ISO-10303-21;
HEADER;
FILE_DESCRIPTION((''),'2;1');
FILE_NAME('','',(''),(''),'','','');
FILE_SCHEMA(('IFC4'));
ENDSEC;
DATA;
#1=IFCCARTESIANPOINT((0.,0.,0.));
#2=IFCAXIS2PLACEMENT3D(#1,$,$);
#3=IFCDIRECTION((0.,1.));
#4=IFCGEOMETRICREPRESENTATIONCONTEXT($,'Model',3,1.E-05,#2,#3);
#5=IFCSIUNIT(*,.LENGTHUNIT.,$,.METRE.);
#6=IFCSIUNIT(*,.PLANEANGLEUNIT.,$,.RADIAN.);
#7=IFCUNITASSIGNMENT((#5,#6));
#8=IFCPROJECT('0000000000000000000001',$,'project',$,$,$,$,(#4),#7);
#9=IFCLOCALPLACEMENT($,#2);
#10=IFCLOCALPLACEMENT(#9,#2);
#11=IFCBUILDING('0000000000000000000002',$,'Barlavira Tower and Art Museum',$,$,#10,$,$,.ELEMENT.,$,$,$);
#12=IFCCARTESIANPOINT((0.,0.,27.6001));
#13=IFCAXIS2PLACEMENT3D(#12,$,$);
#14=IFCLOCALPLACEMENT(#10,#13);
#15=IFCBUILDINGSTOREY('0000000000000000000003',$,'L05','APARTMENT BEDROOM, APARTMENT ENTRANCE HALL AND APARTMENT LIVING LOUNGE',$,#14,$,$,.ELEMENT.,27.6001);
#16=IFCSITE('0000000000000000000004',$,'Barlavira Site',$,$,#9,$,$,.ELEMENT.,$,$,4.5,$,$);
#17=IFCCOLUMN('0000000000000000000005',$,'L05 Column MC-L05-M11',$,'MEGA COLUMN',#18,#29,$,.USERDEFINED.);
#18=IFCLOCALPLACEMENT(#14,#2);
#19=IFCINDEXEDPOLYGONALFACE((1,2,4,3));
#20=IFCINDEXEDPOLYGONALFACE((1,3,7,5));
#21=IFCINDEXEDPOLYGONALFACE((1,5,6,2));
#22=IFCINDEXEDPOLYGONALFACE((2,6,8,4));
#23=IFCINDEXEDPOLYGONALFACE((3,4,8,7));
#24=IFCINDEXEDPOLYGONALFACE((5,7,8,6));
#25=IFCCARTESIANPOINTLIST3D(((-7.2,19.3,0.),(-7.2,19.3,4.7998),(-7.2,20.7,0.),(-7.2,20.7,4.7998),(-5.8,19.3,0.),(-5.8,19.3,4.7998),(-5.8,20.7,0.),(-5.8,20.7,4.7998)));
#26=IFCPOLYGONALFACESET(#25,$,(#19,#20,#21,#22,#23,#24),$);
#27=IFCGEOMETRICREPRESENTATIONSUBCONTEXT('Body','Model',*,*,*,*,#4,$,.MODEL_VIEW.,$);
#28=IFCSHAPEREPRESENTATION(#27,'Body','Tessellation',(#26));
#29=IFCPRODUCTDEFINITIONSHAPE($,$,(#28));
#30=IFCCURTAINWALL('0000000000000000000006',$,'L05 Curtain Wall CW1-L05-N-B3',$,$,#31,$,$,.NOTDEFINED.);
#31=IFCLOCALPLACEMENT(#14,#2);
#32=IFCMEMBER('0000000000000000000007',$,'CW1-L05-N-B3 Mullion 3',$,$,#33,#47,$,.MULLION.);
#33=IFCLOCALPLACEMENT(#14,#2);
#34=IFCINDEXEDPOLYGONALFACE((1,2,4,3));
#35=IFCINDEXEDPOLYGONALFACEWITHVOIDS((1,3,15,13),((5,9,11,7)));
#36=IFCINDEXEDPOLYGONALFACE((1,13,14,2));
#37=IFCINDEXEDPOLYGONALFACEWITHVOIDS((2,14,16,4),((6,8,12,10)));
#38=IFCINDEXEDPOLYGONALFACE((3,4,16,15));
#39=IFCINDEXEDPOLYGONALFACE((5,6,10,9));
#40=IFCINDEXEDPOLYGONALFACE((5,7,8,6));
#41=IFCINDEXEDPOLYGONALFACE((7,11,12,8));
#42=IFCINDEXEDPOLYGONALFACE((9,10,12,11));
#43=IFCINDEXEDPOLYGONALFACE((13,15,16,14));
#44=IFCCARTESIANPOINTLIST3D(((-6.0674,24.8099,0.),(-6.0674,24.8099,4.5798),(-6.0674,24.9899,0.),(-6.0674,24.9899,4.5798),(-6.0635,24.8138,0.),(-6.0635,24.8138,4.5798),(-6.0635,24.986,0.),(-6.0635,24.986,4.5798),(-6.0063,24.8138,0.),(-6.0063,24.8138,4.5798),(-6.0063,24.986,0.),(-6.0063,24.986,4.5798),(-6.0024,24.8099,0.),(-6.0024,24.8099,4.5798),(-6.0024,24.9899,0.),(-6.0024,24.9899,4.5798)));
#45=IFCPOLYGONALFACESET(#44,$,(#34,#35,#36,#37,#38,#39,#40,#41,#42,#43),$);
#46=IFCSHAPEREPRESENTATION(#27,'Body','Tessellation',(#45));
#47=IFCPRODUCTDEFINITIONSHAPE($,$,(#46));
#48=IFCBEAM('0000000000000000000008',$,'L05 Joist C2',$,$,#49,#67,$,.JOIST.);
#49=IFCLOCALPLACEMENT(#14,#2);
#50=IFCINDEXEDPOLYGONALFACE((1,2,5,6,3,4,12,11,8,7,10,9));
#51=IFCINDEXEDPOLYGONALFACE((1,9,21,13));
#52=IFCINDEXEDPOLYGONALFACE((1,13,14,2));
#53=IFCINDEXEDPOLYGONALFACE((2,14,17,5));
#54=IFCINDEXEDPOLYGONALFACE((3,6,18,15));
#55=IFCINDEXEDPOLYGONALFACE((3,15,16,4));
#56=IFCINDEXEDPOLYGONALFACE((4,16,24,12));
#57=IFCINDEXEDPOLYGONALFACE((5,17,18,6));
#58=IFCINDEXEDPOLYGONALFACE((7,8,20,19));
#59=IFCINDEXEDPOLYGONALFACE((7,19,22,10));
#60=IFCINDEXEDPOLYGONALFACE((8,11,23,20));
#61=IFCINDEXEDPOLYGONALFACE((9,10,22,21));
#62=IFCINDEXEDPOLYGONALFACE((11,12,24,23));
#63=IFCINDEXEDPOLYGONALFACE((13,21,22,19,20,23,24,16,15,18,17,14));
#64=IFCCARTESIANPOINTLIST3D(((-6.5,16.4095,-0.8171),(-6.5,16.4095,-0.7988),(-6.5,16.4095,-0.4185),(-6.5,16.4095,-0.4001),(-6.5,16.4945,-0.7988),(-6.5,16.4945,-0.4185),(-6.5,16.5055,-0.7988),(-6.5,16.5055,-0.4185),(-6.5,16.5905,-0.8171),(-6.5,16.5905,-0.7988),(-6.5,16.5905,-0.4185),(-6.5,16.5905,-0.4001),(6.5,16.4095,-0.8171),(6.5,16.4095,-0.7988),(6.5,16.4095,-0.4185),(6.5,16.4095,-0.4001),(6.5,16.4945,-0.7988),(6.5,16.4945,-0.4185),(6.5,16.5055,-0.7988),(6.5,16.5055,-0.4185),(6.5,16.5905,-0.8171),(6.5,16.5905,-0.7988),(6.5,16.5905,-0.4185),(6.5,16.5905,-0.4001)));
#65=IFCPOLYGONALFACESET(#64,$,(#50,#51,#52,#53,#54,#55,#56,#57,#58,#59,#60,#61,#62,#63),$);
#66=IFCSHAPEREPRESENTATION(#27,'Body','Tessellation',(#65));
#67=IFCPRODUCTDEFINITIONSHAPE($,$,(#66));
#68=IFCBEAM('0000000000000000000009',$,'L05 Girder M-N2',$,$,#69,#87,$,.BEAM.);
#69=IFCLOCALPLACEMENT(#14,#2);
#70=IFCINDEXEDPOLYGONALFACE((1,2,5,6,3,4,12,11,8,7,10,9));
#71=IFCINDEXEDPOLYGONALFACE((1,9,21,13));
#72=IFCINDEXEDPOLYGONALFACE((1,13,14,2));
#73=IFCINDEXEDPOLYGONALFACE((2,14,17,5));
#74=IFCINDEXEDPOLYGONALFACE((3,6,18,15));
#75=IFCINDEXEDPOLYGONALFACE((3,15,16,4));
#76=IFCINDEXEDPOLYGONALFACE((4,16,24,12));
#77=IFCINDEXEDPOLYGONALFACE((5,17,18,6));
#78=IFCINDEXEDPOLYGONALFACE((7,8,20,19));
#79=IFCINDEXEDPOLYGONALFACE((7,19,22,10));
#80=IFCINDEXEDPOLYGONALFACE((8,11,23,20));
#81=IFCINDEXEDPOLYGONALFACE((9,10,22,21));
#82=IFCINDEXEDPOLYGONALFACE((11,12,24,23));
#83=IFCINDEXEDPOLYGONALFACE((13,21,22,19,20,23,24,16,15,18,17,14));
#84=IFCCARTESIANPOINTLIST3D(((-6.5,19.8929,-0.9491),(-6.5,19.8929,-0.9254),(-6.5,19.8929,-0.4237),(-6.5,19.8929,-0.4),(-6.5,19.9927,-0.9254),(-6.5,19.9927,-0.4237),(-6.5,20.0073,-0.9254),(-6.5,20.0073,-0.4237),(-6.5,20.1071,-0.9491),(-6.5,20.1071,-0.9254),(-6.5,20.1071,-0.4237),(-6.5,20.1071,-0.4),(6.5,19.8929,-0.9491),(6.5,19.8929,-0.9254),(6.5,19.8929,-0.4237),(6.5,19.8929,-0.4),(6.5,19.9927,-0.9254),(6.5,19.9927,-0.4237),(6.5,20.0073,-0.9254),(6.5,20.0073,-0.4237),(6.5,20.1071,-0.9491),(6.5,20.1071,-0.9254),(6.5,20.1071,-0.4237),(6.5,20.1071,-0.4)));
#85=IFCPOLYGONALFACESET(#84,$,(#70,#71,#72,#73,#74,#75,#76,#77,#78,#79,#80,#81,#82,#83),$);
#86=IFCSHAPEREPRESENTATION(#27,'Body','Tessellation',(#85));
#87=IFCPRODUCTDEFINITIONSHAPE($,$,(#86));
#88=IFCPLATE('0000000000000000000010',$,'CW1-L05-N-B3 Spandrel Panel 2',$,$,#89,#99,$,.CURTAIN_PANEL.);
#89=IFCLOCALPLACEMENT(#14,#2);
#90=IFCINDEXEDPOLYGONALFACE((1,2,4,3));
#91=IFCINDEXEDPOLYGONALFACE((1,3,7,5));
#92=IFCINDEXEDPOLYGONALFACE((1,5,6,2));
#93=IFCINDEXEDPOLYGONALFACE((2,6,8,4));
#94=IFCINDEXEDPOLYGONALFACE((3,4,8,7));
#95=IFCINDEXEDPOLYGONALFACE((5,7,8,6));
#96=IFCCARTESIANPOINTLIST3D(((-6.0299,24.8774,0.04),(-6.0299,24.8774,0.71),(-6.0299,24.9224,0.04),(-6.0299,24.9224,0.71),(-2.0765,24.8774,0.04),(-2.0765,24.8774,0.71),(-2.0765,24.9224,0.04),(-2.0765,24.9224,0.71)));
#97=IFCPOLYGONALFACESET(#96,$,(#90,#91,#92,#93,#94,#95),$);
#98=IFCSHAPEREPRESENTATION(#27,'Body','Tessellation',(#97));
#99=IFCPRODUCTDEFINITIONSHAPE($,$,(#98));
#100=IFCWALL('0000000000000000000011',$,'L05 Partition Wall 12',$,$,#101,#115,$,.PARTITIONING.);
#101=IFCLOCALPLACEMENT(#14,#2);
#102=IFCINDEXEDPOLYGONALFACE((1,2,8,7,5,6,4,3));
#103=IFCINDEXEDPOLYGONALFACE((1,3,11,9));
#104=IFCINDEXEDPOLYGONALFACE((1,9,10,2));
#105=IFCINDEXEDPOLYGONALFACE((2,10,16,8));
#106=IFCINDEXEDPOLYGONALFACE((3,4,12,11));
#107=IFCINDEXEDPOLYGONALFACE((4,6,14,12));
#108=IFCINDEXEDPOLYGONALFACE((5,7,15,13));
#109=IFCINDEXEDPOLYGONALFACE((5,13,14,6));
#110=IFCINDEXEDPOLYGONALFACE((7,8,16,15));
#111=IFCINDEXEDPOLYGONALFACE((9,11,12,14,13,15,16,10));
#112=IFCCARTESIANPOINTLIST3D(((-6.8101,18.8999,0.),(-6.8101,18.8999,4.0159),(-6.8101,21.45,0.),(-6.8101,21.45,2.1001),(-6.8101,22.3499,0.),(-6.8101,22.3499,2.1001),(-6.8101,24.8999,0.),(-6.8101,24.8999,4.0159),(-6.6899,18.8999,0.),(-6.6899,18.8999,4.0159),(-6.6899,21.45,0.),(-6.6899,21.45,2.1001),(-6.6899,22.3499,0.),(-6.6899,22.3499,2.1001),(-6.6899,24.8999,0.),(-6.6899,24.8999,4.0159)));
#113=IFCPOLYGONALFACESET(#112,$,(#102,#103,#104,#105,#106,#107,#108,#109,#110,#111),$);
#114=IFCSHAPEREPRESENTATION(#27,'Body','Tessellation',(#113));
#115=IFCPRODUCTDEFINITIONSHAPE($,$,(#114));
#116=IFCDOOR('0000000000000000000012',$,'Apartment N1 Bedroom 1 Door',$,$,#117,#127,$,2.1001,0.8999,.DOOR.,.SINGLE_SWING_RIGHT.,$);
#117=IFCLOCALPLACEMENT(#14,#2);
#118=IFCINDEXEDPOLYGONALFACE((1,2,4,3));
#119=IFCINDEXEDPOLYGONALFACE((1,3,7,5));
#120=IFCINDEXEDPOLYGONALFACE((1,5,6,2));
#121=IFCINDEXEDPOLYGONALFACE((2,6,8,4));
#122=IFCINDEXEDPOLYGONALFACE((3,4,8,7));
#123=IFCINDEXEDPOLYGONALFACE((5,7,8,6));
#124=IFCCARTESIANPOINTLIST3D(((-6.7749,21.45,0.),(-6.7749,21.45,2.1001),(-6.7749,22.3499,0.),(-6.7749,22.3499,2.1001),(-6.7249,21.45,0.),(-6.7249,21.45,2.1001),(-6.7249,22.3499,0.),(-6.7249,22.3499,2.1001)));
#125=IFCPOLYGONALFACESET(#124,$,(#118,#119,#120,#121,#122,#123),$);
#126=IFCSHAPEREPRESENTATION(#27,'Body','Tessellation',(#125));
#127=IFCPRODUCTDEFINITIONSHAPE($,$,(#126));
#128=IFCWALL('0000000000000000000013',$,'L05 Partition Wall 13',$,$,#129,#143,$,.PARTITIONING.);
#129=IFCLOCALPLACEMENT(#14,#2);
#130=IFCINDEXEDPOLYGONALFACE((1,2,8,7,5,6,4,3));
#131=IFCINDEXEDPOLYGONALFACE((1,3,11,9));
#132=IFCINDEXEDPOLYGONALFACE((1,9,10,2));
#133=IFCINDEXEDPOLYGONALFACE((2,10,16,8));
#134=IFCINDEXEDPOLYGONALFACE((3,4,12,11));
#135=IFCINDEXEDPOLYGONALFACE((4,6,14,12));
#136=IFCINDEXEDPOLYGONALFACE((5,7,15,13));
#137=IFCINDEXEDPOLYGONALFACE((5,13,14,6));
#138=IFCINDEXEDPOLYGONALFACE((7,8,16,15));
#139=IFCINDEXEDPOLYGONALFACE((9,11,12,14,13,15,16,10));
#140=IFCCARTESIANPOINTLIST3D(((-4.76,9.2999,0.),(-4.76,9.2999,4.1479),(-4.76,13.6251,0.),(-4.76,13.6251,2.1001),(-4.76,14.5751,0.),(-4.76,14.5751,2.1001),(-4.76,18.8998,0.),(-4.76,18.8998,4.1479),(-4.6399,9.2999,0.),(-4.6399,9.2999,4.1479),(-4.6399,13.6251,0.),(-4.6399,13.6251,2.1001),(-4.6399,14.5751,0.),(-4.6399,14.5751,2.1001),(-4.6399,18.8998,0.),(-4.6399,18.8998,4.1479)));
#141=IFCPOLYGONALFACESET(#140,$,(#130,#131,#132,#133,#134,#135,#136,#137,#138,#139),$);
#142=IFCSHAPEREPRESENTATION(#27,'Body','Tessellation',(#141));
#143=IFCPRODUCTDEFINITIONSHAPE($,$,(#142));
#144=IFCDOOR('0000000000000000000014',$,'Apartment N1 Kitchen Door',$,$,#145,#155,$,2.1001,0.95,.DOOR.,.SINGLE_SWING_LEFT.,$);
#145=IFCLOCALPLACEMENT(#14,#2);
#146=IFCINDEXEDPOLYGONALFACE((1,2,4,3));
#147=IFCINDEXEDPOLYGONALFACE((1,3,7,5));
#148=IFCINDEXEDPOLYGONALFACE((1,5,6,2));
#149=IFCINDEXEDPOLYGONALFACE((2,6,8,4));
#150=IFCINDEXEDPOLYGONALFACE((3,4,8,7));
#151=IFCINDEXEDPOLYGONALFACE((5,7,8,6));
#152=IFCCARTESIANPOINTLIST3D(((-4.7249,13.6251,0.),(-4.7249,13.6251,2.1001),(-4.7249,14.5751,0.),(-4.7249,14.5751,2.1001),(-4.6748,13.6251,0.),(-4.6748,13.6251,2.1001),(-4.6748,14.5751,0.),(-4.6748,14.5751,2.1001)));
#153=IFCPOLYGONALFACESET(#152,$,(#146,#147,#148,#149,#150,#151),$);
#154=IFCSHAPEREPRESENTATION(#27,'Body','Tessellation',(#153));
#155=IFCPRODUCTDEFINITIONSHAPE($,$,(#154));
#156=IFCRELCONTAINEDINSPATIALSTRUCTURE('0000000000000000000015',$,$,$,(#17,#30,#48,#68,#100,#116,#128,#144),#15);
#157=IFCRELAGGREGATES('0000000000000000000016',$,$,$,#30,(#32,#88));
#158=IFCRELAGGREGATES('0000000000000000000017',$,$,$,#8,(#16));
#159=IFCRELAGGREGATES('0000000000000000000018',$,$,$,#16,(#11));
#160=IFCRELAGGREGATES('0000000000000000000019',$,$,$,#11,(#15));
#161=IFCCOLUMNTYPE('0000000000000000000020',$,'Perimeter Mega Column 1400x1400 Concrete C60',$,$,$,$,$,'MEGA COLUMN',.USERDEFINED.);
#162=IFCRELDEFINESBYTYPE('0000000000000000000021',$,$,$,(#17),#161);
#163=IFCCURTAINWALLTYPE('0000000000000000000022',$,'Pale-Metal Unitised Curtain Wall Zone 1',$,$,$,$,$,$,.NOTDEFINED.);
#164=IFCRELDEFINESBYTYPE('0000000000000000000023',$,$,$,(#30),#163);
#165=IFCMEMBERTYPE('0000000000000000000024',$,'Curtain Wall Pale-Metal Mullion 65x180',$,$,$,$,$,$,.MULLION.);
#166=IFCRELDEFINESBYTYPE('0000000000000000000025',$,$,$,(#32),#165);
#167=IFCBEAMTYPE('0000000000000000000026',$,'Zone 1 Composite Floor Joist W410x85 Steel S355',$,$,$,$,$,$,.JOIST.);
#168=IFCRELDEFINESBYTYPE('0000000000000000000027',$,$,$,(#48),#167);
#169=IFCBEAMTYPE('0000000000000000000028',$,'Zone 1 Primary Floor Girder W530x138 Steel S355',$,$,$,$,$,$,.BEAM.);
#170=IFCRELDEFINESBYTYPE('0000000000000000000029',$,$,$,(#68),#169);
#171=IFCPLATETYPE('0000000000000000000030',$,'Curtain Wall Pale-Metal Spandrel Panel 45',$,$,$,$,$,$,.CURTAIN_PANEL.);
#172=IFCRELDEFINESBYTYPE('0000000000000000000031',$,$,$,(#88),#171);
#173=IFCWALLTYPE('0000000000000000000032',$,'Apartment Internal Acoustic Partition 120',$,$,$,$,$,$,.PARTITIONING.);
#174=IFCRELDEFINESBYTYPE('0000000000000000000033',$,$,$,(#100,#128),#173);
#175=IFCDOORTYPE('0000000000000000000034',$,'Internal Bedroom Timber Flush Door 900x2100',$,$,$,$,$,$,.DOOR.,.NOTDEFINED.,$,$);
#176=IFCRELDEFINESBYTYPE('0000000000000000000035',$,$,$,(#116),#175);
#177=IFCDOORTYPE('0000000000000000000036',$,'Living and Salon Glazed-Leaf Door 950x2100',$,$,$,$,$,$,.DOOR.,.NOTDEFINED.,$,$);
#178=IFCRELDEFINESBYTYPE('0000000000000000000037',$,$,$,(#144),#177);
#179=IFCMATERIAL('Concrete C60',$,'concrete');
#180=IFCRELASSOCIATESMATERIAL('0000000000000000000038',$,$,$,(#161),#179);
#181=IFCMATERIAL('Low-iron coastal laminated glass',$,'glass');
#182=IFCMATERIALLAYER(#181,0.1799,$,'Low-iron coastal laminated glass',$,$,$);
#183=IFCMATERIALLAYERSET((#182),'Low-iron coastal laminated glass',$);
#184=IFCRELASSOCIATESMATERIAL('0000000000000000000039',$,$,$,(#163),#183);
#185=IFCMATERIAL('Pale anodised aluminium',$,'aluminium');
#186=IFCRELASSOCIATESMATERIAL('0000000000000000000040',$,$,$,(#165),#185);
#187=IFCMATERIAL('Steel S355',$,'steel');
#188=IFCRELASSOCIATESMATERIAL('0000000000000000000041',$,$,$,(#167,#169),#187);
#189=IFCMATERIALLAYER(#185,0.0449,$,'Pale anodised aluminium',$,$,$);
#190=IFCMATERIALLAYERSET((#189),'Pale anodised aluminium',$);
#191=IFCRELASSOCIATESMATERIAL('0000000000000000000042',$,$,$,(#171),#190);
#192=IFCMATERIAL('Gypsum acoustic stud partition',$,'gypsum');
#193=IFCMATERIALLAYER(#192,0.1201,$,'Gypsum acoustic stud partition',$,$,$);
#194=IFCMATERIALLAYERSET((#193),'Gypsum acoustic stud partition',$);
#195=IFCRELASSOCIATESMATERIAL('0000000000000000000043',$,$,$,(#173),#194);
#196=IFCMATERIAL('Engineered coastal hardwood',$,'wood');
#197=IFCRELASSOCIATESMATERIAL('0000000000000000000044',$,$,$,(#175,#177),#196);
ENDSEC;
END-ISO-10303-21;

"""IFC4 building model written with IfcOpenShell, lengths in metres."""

from ifc_helpers import new_model, si_unit, direction, frame, frame_2d, origin, origin_2d, place, context, subcontext, project, spatial, rectangle, hollow_rectangle, i_section, extrude, material, layer, layer_set, material_profile, profile_set, type_object, element, fill, aggregate, save


model = new_model("IFC4")

# Units and contexts
model_context = context("Model", 3, precision=1e-05, world=origin(), true_north=direction((0.0, 1.0)))
body_context = subcontext(model_context, "Body", "Model", "MODEL_VIEW")
ifc_project = project(units=[si_unit("LENGTHUNIT", "METRE"), si_unit("PLANEANGLEUNIT", "RADIAN")], contexts=[model_context])

# Site, building, storey
site_placement = place(None, origin())
site = spatial("IfcSite", under=ifc_project, at=site_placement, Name="Barlavira Site", CompositionType="ELEMENT", RefElevation=4.5)
building_placement = place(site_placement, origin())
building = spatial("IfcBuilding", under=site, at=building_placement, Name="Barlavira Tower and Art Museum", CompositionType="ELEMENT")
storey_placement = place(building_placement, frame((0.0, 0.0, 27.6001)))
storey = spatial("IfcBuildingStorey", under=building, at=storey_placement, Name="L05", Description="APARTMENT BEDROOM, APARTMENT ENTRANCE HALL AND APARTMENT LIVING LOUNGE", CompositionType="ELEMENT", Elevation=27.6001)

# Column
ifc_material_1 = material(Name="Concrete C60", Category="concrete")
ifc_material_profile_1 = material_profile(ifc_material_1, rectangle(XDim=1.3999, YDim=1.3999, at=origin_2d()), Name="RC-MCOL 1400x1400")
ifc_profile_set_1 = profile_set([ifc_material_profile_1], Name="Concrete C60")
column_type = type_object("IfcColumnType", Name="Perimeter Mega Column 1400x1400 Concrete C60", ElementType="MEGA COLUMN", PredefinedType="USERDEFINED", material=ifc_profile_set_1)
column_placement = place(storey_placement, frame((-6.5, 20.0, 0.0), z_axis=(0.0, 0.0, 1.0), x_axis=(1.0, 0.0, 0.0)))
element("IfcColumn", 1, at=column_placement, inside=storey, type_object=column_type, Name="L05 Column MC-L05-M11", ObjectType="MEGA COLUMN", PredefinedType="USERDEFINED", context=body_context, shape_type="SweptSolid", body=[
    extrude(rectangle(XDim=1.3999, YDim=1.3999, at=origin_2d()), origin(), (0.0, 0.0, 1.0), 4.7998),
])

# Curtain wall, member
ifc_material_2 = material(Name="Low-iron coastal laminated glass", Category="glass")
ifc_layer_1 = layer(ifc_material_2, 0.1799, Name="Low-iron coastal laminated glass")
ifc_layer_set_1 = layer_set([ifc_layer_1], Name="Low-iron coastal laminated glass")
curtain_wall_type = type_object("IfcCurtainWallType", Name="Pale-Metal Unitised Curtain Wall Zone 1", PredefinedType="NOTDEFINED", material=ifc_layer_set_1)
curtain_wall_placement = place(storey_placement, origin())
curtain_wall = element("IfcCurtainWall", 2, at=curtain_wall_placement, inside=storey, type_object=curtain_wall_type, Name="L05 Curtain Wall CW1-L05-N-B3", PredefinedType="NOTDEFINED")
ifc_material_3 = material(Name="Pale anodised aluminium", Category="aluminium")
ifc_material_profile_2 = material_profile(ifc_material_3, hollow_rectangle(XDim=0.0649, YDim=0.1799, WallThickness=0.0039, at=origin_2d()), Name="ALU-MULL 65x180x4")
ifc_profile_set_2 = profile_set([ifc_material_profile_2], Name="Pale anodised aluminium")
member_type = type_object("IfcMemberType", Name="Curtain Wall Pale-Metal Mullion 65x180", PredefinedType="MULLION", material=ifc_profile_set_2)
member_placement = place(storey_placement, frame((-6.0349, 24.8999, 0.0), z_axis=(0.0, 0.0, 1.0), x_axis=(-1.0, 0.0, 0.0)))
member = element("IfcMember", 3, at=member_placement, type_object=member_type, Name="CW1-L05-N-B3 Mullion 3", PredefinedType="MULLION", context=body_context, shape_type="SweptSolid", body=[
    extrude(hollow_rectangle(XDim=0.0649, YDim=0.1799, WallThickness=0.0039, at=origin_2d()), origin(), (0.0, 0.0, 1.0), 4.5798),
])

# Beams
ifc_material_4 = material(Name="Steel S355", Category="steel")
ifc_material_profile_3 = material_profile(ifc_material_4, i_section(OverallWidth=0.1809, OverallDepth=0.417, WebThickness=0.011, FlangeThickness=0.0183, at=origin_2d()), Name="W410x85.0")
ifc_profile_set_3 = profile_set([ifc_material_profile_3], Name="Steel S355")
beam_type_1 = type_object("IfcBeamType", Name="Zone 1 Composite Floor Joist W410x85 Steel S355", PredefinedType="JOIST", material=ifc_profile_set_3)
beam_1_placement = place(storey_placement, frame((-6.5, 16.5, -0.6086), z_axis=(1.0, 0.0, 0.0), x_axis=(0.0, 1.0, 0.0)))
element("IfcBeam", 4, at=beam_1_placement, inside=storey, type_object=beam_type_1, Name="L05 Joist C2", PredefinedType="JOIST", context=body_context, shape_type="SweptSolid", body=[
    extrude(i_section(OverallWidth=0.1809, OverallDepth=0.417, WebThickness=0.011, FlangeThickness=0.0183, at=origin_2d()), origin(), (0.0, 0.0, 1.0), 13.0),
])
ifc_material_profile_4 = material_profile(ifc_material_4, i_section(OverallWidth=0.2141, OverallDepth=0.5491, WebThickness=0.0146, FlangeThickness=0.0237, at=origin_2d()), Name="W530x138.0")
ifc_profile_set_4 = profile_set([ifc_material_profile_4], Name="Steel S355")
beam_type_2 = type_object("IfcBeamType", Name="Zone 1 Primary Floor Girder W530x138 Steel S355", PredefinedType="BEAM", material=ifc_profile_set_4)
beam_2_placement = place(storey_placement, frame((-6.5, 20.0, -0.6746), z_axis=(1.0, 0.0, 0.0), x_axis=(0.0, 1.0, 0.0)))
element("IfcBeam", 5, at=beam_2_placement, inside=storey, type_object=beam_type_2, Name="L05 Girder M-N2", PredefinedType="BEAM", context=body_context, shape_type="SweptSolid", body=[
    extrude(i_section(OverallWidth=0.2141, OverallDepth=0.5491, WebThickness=0.0146, FlangeThickness=0.0237, at=origin_2d()), origin(), (0.0, 0.0, 1.0), 13.0),
])

# Plate
ifc_layer_2 = layer(ifc_material_3, 0.0449, Name="Pale anodised aluminium")
ifc_layer_set_2 = layer_set([ifc_layer_2], Name="Pale anodised aluminium")
plate_type = type_object("IfcPlateType", Name="Curtain Wall Pale-Metal Spandrel Panel 45", PredefinedType="CURTAIN_PANEL", material=ifc_layer_set_2)
plate_placement = place(storey_placement, frame((-4.0532, 24.8999, 0.04), z_axis=(0.0, 0.0, 1.0), x_axis=(-1.0, 0.0, 0.0)))
plate = element("IfcPlate", 6, at=plate_placement, type_object=plate_type, Name="CW1-L05-N-B3 Spandrel Panel 2", PredefinedType="CURTAIN_PANEL", context=body_context, shape_type="SweptSolid", body=[
    extrude(rectangle(XDim=3.9534, YDim=0.0449, at=origin_2d()), origin(), (0.0, 0.0, 1.0), 0.6699),
])
aggregate(curtain_wall, [member, plate])

# Walls, openings, doors
ifc_material_5 = material(Name="Gypsum acoustic stud partition", Category="gypsum")
ifc_layer_3 = layer(ifc_material_5, 0.1201, Name="Gypsum acoustic stud partition")
ifc_layer_set_3 = layer_set([ifc_layer_3], Name="Gypsum acoustic stud partition")
wall_type_1 = type_object("IfcWallType", Name="Apartment Internal Acoustic Partition 120", PredefinedType="PARTITIONING", material=ifc_layer_set_3)
wall_1_placement = place(storey_placement, frame((-6.75, 18.8999, 0.0), z_axis=(0.0, 0.0, 1.0), x_axis=(0.0, 1.0, 0.0)))
wall_1 = element("IfcWall", 7, at=wall_1_placement, inside=storey, type_object=wall_type_1, Name="L05 Partition Wall 12", PredefinedType="PARTITIONING", context=body_context, shape_type="SweptSolid", body=[
    extrude(rectangle(XDim=6.0, YDim=0.1201, at=frame_2d((3.0, 0.0))), origin(), (0.0, 0.0, 1.0), 4.0159),
])
opening_1_placement = place(wall_1_placement, frame((2.55, 0.0, 0.0)))
opening_1 = element("IfcOpeningElement", 8, at=opening_1_placement, cuts=wall_1, PredefinedType="OPENING", context=body_context, shape_type="SweptSolid", body=[
    extrude(rectangle(XDim=0.8999, YDim=2.1001, at=frame_2d((0.45, 1.05))), frame((0.0, 0.0701, 0.0), z_axis=(0.0, -1.0, 0.0), x_axis=(1.0, 0.0, 0.0)), (0.0, 0.0, 1.0), 0.1401),
])
ifc_material_6 = material(Name="Engineered coastal hardwood", Category="wood")
door_type_1 = type_object("IfcDoorType", Name="Internal Bedroom Timber Flush Door 900x2100", OperationType="NOTDEFINED", PredefinedType="DOOR", material=ifc_material_6)
door_1_placement = place(opening_1_placement, origin())
door_1 = element("IfcDoor", 9, at=door_1_placement, inside=storey, type_object=door_type_1, Name="Apartment N1 Bedroom 1 Door", OperationType="SINGLE_SWING_RIGHT", OverallHeight=2.1001, OverallWidth=0.8999, PredefinedType="DOOR", context=body_context, shape_type="SweptSolid", body=[
    extrude(rectangle(XDim=0.8999, YDim=2.1001, at=frame_2d((0.45, 1.05))), frame((0.0, 0.0249, 0.0), z_axis=(0.0, -1.0, 0.0), x_axis=(1.0, 0.0, 0.0)), (0.0, 0.0, 1.0), 0.05),
])
fill(opening_1, door_1)
wall_2_placement = place(storey_placement, frame((-4.7, 9.3, 0.0), z_axis=(0.0, 0.0, 1.0), x_axis=(0.0, 1.0, 0.0)))
wall_2 = element("IfcWall", 10, at=wall_2_placement, inside=storey, type_object=wall_type_1, Name="L05 Partition Wall 13", PredefinedType="PARTITIONING", context=body_context, shape_type="SweptSolid", body=[
    extrude(rectangle(XDim=9.5999, YDim=0.1201, at=frame_2d((4.7998, 0.0))), origin(), (0.0, 0.0, 1.0), 4.1479),
])
opening_2_placement = place(wall_2_placement, frame((4.325, 0.0, 0.0)))
opening_2 = element("IfcOpeningElement", 11, at=opening_2_placement, cuts=wall_2, PredefinedType="OPENING", context=body_context, shape_type="SweptSolid", body=[
    extrude(rectangle(XDim=0.95, YDim=2.1001, at=frame_2d((0.4751, 1.05))), frame((0.0, 0.0701, 0.0), z_axis=(0.0, -1.0, 0.0), x_axis=(1.0, 0.0, 0.0)), (0.0, 0.0, 1.0), 0.1401),
])
door_type_2 = type_object("IfcDoorType", Name="Living and Salon Glazed-Leaf Door 950x2100", OperationType="NOTDEFINED", PredefinedType="DOOR", material=ifc_material_6)
door_2_placement = place(opening_2_placement, origin())
door_2 = element("IfcDoor", 12, at=door_2_placement, inside=storey, type_object=door_type_2, Name="Apartment N1 Kitchen Door", OperationType="SINGLE_SWING_LEFT", OverallHeight=2.1001, OverallWidth=0.95, PredefinedType="DOOR", context=body_context, shape_type="SweptSolid", body=[
    extrude(rectangle(XDim=0.95, YDim=2.1001, at=frame_2d((0.4751, 1.05))), frame((0.0, 0.0249, 0.0), z_axis=(0.0, -1.0, 0.0), x_axis=(1.0, 0.0, 0.0)), (0.0, 0.0, 1.0), 0.05),
])
fill(opening_2, door_2)

save(model, "model.ifc")
